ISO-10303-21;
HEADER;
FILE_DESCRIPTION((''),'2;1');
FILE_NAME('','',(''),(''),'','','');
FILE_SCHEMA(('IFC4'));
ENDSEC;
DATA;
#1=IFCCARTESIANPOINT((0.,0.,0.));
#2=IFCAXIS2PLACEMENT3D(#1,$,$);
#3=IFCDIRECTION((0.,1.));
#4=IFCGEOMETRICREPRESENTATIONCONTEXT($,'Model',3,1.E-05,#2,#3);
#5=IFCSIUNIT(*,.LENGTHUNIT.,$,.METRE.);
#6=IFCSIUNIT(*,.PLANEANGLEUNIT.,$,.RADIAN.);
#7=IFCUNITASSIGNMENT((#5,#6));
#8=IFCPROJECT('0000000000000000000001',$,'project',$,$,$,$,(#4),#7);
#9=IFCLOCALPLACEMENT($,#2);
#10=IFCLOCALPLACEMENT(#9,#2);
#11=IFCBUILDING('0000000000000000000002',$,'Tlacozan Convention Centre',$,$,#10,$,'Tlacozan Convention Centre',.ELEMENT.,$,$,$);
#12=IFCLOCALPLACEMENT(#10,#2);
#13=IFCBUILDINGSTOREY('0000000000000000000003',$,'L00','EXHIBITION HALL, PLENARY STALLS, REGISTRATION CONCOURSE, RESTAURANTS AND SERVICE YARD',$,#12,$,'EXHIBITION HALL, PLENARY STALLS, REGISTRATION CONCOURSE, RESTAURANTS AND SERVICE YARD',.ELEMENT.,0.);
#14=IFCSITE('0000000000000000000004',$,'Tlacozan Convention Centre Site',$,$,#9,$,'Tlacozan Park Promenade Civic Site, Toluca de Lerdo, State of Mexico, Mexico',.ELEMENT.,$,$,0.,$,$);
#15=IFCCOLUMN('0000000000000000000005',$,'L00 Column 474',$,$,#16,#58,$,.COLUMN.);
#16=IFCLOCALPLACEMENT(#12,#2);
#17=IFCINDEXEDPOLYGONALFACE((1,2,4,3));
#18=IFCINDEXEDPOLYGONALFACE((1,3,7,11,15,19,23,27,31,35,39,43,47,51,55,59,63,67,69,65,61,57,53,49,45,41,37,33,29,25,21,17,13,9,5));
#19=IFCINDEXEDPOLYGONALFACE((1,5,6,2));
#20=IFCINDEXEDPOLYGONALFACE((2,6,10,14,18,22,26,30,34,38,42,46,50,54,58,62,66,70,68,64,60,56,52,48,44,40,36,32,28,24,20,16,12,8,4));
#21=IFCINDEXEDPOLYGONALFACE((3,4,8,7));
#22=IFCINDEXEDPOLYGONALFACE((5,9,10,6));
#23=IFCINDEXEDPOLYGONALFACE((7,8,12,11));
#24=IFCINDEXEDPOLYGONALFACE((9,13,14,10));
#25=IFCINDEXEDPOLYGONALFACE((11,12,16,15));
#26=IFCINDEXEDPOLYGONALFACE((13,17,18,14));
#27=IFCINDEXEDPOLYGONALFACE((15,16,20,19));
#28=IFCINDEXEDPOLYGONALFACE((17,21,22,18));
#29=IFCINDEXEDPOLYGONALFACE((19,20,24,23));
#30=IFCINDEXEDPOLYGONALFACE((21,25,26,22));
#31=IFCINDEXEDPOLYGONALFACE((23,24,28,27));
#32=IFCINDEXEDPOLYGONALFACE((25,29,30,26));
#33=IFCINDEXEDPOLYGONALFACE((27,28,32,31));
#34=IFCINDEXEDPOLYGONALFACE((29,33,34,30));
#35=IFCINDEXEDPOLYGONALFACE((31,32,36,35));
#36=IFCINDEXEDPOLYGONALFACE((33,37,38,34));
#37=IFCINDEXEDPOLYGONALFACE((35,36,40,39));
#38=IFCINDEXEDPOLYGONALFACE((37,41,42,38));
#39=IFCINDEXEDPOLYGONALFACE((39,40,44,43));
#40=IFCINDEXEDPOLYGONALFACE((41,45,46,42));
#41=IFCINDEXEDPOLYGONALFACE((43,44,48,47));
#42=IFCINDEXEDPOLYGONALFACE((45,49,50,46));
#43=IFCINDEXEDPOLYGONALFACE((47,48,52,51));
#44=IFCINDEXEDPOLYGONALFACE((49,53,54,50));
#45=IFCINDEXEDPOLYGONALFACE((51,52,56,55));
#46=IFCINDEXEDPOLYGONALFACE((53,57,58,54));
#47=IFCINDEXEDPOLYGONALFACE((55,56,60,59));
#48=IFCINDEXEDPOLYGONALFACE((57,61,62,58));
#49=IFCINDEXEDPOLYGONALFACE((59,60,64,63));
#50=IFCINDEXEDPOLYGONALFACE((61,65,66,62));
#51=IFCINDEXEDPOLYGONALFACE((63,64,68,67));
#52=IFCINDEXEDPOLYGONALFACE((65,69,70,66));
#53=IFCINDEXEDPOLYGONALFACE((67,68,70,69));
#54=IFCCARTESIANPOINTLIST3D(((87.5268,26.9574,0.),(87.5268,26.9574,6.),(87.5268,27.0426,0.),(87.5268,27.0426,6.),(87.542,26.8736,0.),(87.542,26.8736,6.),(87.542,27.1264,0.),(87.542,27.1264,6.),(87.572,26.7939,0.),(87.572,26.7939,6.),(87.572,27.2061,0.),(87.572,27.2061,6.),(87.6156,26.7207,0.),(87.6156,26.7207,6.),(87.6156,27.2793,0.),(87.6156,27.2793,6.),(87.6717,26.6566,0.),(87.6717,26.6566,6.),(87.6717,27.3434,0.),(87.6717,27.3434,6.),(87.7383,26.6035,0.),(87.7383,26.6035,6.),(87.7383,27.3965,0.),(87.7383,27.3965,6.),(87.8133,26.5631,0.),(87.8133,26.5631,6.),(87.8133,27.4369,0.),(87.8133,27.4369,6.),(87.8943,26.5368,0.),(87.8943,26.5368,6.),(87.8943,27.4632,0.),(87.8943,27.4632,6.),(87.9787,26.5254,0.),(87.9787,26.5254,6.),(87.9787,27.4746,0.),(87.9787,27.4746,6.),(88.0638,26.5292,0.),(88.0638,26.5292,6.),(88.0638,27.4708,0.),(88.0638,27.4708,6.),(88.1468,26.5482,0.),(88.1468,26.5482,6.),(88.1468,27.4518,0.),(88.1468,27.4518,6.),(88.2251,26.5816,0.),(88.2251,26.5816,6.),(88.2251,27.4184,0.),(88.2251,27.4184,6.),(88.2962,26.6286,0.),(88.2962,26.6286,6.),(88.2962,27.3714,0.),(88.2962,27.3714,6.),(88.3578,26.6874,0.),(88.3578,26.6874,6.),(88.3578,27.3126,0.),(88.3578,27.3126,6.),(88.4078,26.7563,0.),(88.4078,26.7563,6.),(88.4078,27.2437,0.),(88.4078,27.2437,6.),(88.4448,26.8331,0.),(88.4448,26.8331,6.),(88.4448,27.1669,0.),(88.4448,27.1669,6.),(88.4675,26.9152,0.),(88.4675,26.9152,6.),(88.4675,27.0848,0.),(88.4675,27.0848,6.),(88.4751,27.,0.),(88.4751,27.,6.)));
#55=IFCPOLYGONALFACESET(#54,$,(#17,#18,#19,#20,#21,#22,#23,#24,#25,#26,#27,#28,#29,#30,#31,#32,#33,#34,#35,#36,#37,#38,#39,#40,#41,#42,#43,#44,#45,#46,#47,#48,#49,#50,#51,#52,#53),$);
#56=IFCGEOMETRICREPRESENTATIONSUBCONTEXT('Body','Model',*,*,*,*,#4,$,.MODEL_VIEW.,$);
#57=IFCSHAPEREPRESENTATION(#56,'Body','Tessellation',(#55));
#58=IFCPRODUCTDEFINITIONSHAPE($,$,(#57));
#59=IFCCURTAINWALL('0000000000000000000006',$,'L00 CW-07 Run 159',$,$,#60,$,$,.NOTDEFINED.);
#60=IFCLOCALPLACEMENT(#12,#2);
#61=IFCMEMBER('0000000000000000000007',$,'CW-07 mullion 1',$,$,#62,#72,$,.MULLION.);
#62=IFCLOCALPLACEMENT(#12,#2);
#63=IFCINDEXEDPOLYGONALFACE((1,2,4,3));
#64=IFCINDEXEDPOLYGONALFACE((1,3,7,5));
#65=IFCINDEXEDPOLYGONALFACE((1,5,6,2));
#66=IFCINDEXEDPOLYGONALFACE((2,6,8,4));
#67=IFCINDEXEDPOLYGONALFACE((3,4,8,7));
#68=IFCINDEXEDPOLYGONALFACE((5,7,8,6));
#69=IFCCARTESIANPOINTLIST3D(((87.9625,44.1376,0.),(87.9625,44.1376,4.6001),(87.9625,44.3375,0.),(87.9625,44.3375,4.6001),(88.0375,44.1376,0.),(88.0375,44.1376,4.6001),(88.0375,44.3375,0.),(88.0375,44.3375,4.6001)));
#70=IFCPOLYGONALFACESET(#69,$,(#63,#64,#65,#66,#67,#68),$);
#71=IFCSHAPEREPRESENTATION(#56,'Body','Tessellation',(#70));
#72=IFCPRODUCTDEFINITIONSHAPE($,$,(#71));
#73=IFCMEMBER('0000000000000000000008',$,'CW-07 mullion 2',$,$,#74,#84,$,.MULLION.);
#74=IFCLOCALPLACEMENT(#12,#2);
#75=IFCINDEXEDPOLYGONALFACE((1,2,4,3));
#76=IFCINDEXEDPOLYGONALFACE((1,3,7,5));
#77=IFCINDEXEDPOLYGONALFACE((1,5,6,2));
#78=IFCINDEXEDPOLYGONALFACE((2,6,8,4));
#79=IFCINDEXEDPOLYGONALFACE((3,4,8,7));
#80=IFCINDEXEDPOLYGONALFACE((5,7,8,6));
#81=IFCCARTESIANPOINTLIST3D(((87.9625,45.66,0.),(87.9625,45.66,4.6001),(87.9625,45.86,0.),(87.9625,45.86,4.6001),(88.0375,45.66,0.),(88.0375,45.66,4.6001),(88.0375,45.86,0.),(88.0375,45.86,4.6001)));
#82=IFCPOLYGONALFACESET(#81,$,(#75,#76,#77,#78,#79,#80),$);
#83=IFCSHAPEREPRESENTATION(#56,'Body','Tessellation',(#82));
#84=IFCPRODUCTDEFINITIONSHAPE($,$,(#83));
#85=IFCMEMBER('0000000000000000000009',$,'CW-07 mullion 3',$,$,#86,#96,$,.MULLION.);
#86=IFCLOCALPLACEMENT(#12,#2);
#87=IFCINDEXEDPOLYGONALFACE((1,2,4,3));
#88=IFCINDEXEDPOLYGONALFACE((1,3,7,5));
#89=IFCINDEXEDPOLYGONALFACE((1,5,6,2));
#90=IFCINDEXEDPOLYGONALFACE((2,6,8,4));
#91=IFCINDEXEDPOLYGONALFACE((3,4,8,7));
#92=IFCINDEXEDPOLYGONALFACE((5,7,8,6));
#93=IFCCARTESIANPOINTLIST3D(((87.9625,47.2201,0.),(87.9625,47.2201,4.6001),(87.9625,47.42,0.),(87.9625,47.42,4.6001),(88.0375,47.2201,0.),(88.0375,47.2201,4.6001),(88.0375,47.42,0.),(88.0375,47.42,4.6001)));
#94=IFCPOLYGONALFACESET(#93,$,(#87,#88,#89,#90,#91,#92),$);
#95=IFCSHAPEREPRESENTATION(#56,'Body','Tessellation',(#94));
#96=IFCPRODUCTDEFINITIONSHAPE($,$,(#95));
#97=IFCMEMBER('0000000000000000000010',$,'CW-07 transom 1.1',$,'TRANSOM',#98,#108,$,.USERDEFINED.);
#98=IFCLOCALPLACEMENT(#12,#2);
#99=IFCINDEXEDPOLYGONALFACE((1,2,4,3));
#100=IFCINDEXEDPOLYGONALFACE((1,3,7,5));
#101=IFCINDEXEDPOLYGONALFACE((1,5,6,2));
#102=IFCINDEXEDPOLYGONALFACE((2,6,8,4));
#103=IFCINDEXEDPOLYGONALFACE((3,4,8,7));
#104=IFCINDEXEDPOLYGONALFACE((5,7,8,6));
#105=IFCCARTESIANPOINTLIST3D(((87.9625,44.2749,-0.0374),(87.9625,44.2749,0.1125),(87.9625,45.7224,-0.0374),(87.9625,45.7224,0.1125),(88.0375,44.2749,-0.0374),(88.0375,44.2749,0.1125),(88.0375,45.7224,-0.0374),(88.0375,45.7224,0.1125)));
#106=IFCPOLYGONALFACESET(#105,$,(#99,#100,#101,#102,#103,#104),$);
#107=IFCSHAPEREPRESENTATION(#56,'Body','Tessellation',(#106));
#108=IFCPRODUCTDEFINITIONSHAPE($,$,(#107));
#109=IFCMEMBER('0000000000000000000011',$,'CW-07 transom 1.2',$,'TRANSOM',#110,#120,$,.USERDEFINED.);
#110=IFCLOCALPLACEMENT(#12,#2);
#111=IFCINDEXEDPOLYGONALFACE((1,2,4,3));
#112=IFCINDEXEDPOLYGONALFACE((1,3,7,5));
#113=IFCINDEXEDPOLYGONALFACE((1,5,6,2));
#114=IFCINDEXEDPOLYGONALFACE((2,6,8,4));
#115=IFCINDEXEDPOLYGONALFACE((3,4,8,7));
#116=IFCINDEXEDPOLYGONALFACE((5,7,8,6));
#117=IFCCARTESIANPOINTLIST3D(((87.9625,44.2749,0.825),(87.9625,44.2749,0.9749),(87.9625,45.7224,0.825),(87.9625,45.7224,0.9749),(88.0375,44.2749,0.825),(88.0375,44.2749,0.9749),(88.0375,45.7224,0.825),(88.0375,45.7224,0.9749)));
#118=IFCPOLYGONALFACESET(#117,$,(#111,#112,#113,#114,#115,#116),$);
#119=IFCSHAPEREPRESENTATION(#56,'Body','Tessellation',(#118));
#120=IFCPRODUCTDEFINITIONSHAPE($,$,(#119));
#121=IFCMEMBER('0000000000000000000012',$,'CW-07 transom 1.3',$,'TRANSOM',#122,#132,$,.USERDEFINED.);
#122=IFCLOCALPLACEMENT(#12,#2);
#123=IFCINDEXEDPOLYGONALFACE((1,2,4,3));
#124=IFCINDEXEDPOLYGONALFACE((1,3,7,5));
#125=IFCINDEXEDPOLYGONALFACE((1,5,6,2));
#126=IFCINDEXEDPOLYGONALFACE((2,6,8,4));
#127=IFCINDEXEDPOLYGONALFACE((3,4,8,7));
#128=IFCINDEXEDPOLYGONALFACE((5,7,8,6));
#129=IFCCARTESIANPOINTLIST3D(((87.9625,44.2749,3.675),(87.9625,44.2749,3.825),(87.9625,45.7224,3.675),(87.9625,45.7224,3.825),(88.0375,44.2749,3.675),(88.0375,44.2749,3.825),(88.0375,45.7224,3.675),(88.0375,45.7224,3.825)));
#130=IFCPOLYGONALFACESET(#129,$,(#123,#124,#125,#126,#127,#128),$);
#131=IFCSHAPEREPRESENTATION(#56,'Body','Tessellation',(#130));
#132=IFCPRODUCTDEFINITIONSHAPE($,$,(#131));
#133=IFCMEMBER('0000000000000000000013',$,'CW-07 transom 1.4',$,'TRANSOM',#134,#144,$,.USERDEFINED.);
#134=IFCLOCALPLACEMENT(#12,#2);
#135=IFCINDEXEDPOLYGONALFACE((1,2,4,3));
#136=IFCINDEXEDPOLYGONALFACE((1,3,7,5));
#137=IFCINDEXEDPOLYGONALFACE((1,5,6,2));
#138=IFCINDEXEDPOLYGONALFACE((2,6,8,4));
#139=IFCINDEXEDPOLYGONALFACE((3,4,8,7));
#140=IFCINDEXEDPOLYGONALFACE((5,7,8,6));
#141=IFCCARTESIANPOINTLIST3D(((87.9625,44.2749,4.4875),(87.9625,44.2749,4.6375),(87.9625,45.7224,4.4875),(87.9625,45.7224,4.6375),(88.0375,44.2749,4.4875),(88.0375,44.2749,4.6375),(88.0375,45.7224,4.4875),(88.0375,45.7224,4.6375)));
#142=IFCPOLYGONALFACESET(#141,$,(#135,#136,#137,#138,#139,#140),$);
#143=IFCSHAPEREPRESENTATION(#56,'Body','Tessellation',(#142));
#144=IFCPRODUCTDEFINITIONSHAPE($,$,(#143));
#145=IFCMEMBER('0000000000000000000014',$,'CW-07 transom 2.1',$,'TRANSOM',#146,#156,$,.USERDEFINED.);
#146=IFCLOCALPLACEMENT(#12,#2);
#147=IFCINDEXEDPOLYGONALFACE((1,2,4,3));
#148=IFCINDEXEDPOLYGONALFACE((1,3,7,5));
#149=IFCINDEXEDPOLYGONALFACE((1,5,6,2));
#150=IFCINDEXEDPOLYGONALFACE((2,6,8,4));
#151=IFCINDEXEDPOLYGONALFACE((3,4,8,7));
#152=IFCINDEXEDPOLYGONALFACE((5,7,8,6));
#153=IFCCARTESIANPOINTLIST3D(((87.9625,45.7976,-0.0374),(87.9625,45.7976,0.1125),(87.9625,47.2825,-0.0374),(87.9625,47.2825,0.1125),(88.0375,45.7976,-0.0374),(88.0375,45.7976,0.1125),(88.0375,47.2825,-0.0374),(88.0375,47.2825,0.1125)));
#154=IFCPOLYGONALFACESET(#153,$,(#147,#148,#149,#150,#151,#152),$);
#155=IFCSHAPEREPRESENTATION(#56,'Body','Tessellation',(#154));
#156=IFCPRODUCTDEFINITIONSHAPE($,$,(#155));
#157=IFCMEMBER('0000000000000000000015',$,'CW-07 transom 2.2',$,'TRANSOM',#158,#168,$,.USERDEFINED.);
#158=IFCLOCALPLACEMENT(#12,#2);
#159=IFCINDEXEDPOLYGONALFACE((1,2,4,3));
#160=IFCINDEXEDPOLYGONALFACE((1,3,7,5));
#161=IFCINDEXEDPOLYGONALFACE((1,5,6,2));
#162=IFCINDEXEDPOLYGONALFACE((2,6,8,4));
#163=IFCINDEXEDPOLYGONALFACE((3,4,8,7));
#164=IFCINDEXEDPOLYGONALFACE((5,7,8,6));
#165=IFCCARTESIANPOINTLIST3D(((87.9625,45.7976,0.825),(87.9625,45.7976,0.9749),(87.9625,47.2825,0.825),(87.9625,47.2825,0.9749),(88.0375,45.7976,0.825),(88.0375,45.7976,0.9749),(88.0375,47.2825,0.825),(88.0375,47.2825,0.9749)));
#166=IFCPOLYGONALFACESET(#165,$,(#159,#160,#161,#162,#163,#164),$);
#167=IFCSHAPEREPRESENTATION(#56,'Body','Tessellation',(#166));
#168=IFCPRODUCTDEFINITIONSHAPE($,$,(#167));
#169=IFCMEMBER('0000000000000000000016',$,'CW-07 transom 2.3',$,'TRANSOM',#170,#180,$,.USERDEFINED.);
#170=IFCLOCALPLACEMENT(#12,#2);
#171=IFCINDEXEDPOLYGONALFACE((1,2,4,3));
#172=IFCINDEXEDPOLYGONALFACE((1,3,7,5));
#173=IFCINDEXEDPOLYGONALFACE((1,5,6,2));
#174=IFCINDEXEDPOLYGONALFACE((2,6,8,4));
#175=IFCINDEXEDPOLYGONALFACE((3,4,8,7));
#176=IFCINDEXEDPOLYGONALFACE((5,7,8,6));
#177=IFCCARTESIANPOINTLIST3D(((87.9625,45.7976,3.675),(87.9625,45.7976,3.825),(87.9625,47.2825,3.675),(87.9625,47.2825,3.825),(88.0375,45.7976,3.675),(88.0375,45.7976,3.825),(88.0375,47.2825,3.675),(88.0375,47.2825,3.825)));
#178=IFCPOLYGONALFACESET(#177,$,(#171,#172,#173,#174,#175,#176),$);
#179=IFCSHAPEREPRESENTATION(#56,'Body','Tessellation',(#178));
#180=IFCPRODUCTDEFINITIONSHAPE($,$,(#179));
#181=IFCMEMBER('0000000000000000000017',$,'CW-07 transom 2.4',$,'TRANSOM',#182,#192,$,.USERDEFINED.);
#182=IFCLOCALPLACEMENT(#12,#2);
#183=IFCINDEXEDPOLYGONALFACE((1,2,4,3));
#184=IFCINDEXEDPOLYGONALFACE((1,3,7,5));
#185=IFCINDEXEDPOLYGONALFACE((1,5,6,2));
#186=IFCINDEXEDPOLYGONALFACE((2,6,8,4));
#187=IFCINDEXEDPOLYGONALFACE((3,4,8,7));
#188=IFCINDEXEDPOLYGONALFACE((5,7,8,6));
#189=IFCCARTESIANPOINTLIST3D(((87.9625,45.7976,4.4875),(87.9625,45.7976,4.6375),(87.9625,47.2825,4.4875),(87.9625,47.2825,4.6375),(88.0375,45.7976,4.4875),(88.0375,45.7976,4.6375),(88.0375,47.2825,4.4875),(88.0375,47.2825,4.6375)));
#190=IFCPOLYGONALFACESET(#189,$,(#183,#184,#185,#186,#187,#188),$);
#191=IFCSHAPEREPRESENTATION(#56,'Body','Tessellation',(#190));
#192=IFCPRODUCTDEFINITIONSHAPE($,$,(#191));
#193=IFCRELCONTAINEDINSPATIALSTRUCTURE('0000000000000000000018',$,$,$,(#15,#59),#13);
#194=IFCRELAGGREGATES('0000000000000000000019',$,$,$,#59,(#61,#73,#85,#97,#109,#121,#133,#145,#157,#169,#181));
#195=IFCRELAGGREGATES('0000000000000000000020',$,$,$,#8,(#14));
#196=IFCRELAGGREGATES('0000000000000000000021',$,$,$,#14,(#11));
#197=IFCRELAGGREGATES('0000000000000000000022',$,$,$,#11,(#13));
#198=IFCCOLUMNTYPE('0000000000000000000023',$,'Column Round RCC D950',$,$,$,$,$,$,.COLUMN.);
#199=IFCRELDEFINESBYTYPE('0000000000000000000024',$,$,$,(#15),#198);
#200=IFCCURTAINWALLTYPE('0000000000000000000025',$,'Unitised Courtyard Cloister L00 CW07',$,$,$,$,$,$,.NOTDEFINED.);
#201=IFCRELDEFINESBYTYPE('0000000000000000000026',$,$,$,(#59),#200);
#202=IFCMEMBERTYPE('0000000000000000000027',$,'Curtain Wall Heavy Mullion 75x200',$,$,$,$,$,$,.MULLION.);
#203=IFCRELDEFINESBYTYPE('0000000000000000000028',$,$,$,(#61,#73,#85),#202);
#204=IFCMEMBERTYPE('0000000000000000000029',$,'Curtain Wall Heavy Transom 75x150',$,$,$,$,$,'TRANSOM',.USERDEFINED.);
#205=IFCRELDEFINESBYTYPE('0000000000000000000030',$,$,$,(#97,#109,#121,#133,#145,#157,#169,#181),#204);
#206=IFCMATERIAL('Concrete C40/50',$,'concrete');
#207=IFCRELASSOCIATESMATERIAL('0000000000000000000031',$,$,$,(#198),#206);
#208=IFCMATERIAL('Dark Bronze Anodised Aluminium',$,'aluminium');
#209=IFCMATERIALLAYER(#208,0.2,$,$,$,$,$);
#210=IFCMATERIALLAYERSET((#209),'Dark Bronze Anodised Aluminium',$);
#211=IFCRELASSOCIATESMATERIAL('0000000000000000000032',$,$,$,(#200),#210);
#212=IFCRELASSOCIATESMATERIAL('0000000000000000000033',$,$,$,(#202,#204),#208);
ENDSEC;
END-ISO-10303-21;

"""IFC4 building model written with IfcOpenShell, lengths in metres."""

from ifc_helpers import new_model, si_unit, direction, frame, origin, origin_2d, place, context, subcontext, project, spatial, rectangle, circle, extrude, material, layer, layer_set, material_profile, profile_set, type_object, element, aggregate, save


model = new_model("IFC4")

# Units and contexts
model_context = context("Model", 3, precision=1e-05, world=origin(), true_north=direction((0.0, 1.0)))
body_context = subcontext(model_context, "Body", "Model", "MODEL_VIEW")
ifc_project = project(units=[si_unit("LENGTHUNIT", "METRE"), si_unit("PLANEANGLEUNIT", "RADIAN")], contexts=[model_context])

# Site, building, storey
site_placement = place(None, origin())
site = spatial("IfcSite", under=ifc_project, at=site_placement, Name="Tlacozan Convention Centre Site", LongName="Tlacozan Park Promenade Civic Site, Toluca de Lerdo, State of Mexico, Mexico", CompositionType="ELEMENT", RefElevation=0.0)
building_placement = place(site_placement, origin())
building = spatial("IfcBuilding", under=site, at=building_placement, Name="Tlacozan Convention Centre", LongName="Tlacozan Convention Centre", CompositionType="ELEMENT")
storey_placement = place(building_placement, origin())
storey = spatial("IfcBuildingStorey", under=building, at=storey_placement, Name="L00", Description="EXHIBITION HALL, PLENARY STALLS, REGISTRATION CONCOURSE, RESTAURANTS AND SERVICE YARD", LongName="EXHIBITION HALL, PLENARY STALLS, REGISTRATION CONCOURSE, RESTAURANTS AND SERVICE YARD", CompositionType="ELEMENT", Elevation=0.0)

# Column
ifc_material_1 = material(Name="Concrete C40/50", Category="concrete")
ifc_material_profile_1 = material_profile(ifc_material_1, circle(Radius=0.4751, at=origin_2d()), Name="RCC D950")
ifc_profile_set_1 = profile_set([ifc_material_profile_1], Name="Concrete C40/50")
column_type = type_object("IfcColumnType", Name="Column Round RCC D950", PredefinedType="COLUMN", material=ifc_profile_set_1)
column_placement = place(storey_placement, frame((88.0, 27.0, 0.0), z_axis=(0.0, 0.0, 1.0), x_axis=(1.0, 0.0, 0.0)))
element("IfcColumn", 1, at=column_placement, inside=storey, type_object=column_type, Name="L00 Column 474", PredefinedType="COLUMN", context=body_context, shape_type="SweptSolid", body=[
    extrude(circle(Radius=0.4751, at=origin_2d()), origin(), (0.0, 0.0, 1.0), 6.0),
])

# Curtain wall, members
ifc_material_2 = material(Name="Dark Bronze Anodised Aluminium", Category="aluminium")
ifc_layer_1 = layer(ifc_material_2, 0.2)
ifc_layer_set_1 = layer_set([ifc_layer_1], Name="Dark Bronze Anodised Aluminium")
curtain_wall_type = type_object("IfcCurtainWallType", Name="Unitised Courtyard Cloister L00 CW07", PredefinedType="NOTDEFINED", material=ifc_layer_set_1)
curtain_wall_placement = place(storey_placement, origin())
curtain_wall = element("IfcCurtainWall", 2, at=curtain_wall_placement, inside=storey, type_object=curtain_wall_type, Name="L00 CW-07 Run 159", PredefinedType="NOTDEFINED")
ifc_material_profile_2 = material_profile(ifc_material_2, rectangle(XDim=0.075, YDim=0.2, at=origin_2d()), Name="ALU 75x200")
ifc_profile_set_2 = profile_set([ifc_material_profile_2], Name="Dark Bronze Anodised Aluminium")
member_type_1 = type_object("IfcMemberType", Name="Curtain Wall Heavy Mullion 75x200", PredefinedType="MULLION", material=ifc_profile_set_2)
member_1_placement = place(storey_placement, frame((88.0, 44.2375, 0.0), z_axis=(0.0, 0.0, 1.0), x_axis=(-1.0, 0.0, 0.0)))
member_1 = element("IfcMember", 3, at=member_1_placement, type_object=member_type_1, Name="CW-07 mullion 1", PredefinedType="MULLION", context=body_context, shape_type="SweptSolid", body=[
    extrude(rectangle(XDim=0.075, YDim=0.2, at=origin_2d()), origin(), (0.0, 0.0, 1.0), 4.6001),
])
member_2_placement = place(storey_placement, frame((88.0, 45.76, 0.0), z_axis=(0.0, 0.0, 1.0), x_axis=(-1.0, 0.0, 0.0)))
member_2 = element("IfcMember", 4, at=member_2_placement, type_object=member_type_1, Name="CW-07 mullion 2", PredefinedType="MULLION", context=body_context, shape_type="SweptSolid", body=[
    extrude(rectangle(XDim=0.075, YDim=0.2, at=origin_2d()), origin(), (0.0, 0.0, 1.0), 4.6001),
])
member_3_placement = place(storey_placement, frame((88.0, 47.3201, 0.0), z_axis=(0.0, 0.0, 1.0), x_axis=(-1.0, 0.0, 0.0)))
member_3 = element("IfcMember", 5, at=member_3_placement, type_object=member_type_1, Name="CW-07 mullion 3", PredefinedType="MULLION", context=body_context, shape_type="SweptSolid", body=[
    extrude(rectangle(XDim=0.075, YDim=0.2, at=origin_2d()), origin(), (0.0, 0.0, 1.0), 4.6001),
])
ifc_material_profile_3 = material_profile(ifc_material_2, rectangle(XDim=0.075, YDim=0.1499, at=origin_2d()), Name="ALU 75x150")
ifc_profile_set_3 = profile_set([ifc_material_profile_3], Name="Dark Bronze Anodised Aluminium")
member_type_2 = type_object("IfcMemberType", Name="Curtain Wall Heavy Transom 75x150", ElementType="TRANSOM", PredefinedType="USERDEFINED", material=ifc_profile_set_3)
member_4_placement = place(storey_placement, frame((88.0, 44.2749, 0.0376), z_axis=(0.0, 1.0, 0.0), x_axis=(-1.0, 0.0, 0.0)))
member_4 = element("IfcMember", 6, at=member_4_placement, type_object=member_type_2, Name="CW-07 transom 1.1", ObjectType="TRANSOM", PredefinedType="USERDEFINED", context=body_context, shape_type="SweptSolid", body=[
    extrude(rectangle(XDim=0.075, YDim=0.1499, at=origin_2d()), origin(), (0.0, 0.0, 1.0), 1.4475),
])
member_5_placement = place(storey_placement, frame((88.0, 44.2749, 0.8999), z_axis=(0.0, 1.0, 0.0), x_axis=(-1.0, 0.0, 0.0)))
member_5 = element("IfcMember", 7, at=member_5_placement, type_object=member_type_2, Name="CW-07 transom 1.2", ObjectType="TRANSOM", PredefinedType="USERDEFINED", context=body_context, shape_type="SweptSolid", body=[
    extrude(rectangle(XDim=0.075, YDim=0.1499, at=origin_2d()), origin(), (0.0, 0.0, 1.0), 1.4475),
])
member_6_placement = place(storey_placement, frame((88.0, 44.2749, 3.75), z_axis=(0.0, 1.0, 0.0), x_axis=(-1.0, 0.0, 0.0)))
member_6 = element("IfcMember", 8, at=member_6_placement, type_object=member_type_2, Name="CW-07 transom 1.3", ObjectType="TRANSOM", PredefinedType="USERDEFINED", context=body_context, shape_type="SweptSolid", body=[
    extrude(rectangle(XDim=0.075, YDim=0.1499, at=origin_2d()), origin(), (0.0, 0.0, 1.0), 1.4475),
])
member_7_placement = place(storey_placement, frame((88.0, 44.2749, 4.5625), z_axis=(0.0, 1.0, 0.0), x_axis=(-1.0, 0.0, 0.0)))
member_7 = element("IfcMember", 9, at=member_7_placement, type_object=member_type_2, Name="CW-07 transom 1.4", ObjectType="TRANSOM", PredefinedType="USERDEFINED", context=body_context, shape_type="SweptSolid", body=[
    extrude(rectangle(XDim=0.075, YDim=0.1499, at=origin_2d()), origin(), (0.0, 0.0, 1.0), 1.4475),
])
member_8_placement = place(storey_placement, frame((88.0, 45.7976, 0.0376), z_axis=(0.0, 1.0, 0.0), x_axis=(-1.0, 0.0, 0.0)))
member_8 = element("IfcMember", 10, at=member_8_placement, type_object=member_type_2, Name="CW-07 transom 2.1", ObjectType="TRANSOM", PredefinedType="USERDEFINED", context=body_context, shape_type="SweptSolid", body=[
    extrude(rectangle(XDim=0.075, YDim=0.1499, at=origin_2d()), origin(), (0.0, 0.0, 1.0), 1.4849),
])
member_9_placement = place(storey_placement, frame((88.0, 45.7976, 0.8999), z_axis=(0.0, 1.0, 0.0), x_axis=(-1.0, 0.0, 0.0)))
member_9 = element("IfcMember", 11, at=member_9_placement, type_object=member_type_2, Name="CW-07 transom 2.2", ObjectType="TRANSOM", PredefinedType="USERDEFINED", context=body_context, shape_type="SweptSolid", body=[
    extrude(rectangle(XDim=0.075, YDim=0.1499, at=origin_2d()), origin(), (0.0, 0.0, 1.0), 1.4849),
])
member_10_placement = place(storey_placement, frame((88.0, 45.7976, 3.75), z_axis=(0.0, 1.0, 0.0), x_axis=(-1.0, 0.0, 0.0)))
member_10 = element("IfcMember", 12, at=member_10_placement, type_object=member_type_2, Name="CW-07 transom 2.3", ObjectType="TRANSOM", PredefinedType="USERDEFINED", context=body_context, shape_type="SweptSolid", body=[
    extrude(rectangle(XDim=0.075, YDim=0.1499, at=origin_2d()), origin(), (0.0, 0.0, 1.0), 1.4849),
])
member_11_placement = place(storey_placement, frame((88.0, 45.7976, 4.5625), z_axis=(0.0, 1.0, 0.0), x_axis=(-1.0, 0.0, 0.0)))
member_11 = element("IfcMember", 13, at=member_11_placement, type_object=member_type_2, Name="CW-07 transom 2.4", ObjectType="TRANSOM", PredefinedType="USERDEFINED", context=body_context, shape_type="SweptSolid", body=[
    extrude(rectangle(XDim=0.075, YDim=0.1499, at=origin_2d()), origin(), (0.0, 0.0, 1.0), 1.4849),
])

aggregate(curtain_wall, [member_1, member_2, member_3, member_4, member_5, member_6, member_7, member_8, member_9, member_10, member_11])

save(model, "model.ifc")
